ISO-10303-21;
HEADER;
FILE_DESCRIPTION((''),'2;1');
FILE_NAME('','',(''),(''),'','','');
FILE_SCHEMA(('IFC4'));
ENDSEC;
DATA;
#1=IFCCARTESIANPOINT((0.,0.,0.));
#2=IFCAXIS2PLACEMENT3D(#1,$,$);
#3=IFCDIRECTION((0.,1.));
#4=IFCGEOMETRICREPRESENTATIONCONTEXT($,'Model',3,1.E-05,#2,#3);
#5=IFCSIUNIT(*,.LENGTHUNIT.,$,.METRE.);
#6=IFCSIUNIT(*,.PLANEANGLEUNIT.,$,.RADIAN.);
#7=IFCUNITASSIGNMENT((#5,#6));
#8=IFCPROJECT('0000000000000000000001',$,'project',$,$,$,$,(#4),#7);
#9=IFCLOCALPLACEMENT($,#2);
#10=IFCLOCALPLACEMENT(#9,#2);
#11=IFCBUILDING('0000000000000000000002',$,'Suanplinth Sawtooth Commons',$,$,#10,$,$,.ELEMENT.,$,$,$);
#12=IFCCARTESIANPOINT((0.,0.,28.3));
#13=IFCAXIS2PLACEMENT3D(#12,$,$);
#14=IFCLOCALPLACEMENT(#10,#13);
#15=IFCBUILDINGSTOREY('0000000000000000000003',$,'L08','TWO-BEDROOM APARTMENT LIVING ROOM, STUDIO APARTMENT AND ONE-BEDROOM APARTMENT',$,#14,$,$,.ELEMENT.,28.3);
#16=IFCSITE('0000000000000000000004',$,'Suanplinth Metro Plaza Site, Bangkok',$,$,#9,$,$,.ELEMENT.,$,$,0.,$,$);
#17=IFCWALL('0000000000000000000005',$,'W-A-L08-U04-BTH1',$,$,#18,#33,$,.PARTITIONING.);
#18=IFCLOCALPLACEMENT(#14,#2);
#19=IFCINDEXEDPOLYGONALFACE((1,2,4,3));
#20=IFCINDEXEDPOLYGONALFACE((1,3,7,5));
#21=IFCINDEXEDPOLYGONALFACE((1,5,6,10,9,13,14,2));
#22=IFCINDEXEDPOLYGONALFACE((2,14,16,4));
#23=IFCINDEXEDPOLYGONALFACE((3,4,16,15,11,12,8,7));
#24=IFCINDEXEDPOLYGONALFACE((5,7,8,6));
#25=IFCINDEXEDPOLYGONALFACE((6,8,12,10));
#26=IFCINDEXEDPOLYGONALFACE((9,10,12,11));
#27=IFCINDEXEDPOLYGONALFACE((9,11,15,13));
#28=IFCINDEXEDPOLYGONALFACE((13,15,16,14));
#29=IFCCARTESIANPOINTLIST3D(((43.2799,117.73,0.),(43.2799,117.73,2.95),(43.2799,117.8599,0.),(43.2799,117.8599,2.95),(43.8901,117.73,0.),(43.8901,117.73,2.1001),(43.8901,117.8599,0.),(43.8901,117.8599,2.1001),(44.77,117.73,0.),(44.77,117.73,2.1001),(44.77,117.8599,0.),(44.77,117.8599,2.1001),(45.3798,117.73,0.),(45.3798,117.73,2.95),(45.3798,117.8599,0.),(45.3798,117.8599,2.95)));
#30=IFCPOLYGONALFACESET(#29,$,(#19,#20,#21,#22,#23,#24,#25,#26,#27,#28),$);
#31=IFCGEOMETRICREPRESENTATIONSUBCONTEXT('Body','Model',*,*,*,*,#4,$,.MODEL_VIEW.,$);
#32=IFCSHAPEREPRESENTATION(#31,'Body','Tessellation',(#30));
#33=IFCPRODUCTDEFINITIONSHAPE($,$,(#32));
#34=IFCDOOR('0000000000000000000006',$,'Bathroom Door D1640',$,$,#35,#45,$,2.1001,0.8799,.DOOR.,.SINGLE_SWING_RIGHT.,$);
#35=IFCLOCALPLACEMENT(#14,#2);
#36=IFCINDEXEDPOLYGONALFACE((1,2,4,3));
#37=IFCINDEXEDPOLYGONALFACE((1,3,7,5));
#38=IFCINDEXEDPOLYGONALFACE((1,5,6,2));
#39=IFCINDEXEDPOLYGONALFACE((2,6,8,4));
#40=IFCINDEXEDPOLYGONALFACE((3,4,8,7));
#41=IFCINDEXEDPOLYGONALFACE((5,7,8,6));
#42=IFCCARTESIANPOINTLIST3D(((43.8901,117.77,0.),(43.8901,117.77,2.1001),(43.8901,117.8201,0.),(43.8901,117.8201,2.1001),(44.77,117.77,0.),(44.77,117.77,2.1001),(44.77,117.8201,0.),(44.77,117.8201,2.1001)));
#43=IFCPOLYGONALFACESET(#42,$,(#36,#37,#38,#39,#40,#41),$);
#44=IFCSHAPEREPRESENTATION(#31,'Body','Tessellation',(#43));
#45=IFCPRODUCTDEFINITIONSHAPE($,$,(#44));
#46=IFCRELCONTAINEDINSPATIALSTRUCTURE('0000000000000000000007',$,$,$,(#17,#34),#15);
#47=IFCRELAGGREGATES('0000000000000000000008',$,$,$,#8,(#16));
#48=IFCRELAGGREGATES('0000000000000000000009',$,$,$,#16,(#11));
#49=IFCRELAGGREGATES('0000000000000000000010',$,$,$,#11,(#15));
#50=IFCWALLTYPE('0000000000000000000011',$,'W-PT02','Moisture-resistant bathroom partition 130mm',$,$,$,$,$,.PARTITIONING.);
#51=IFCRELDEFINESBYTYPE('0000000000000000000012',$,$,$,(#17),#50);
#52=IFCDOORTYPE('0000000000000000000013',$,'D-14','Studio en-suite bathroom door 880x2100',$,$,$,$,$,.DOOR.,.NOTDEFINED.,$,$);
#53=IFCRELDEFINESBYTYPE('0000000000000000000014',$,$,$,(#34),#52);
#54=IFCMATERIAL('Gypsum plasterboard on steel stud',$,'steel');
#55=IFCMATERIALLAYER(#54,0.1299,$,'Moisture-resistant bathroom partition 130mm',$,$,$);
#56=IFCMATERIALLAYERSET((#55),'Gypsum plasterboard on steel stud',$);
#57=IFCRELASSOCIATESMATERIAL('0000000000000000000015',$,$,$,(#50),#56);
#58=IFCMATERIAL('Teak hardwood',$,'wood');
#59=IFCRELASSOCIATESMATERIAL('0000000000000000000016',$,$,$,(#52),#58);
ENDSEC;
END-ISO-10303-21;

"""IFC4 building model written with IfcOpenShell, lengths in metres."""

from ifc_helpers import new_model, si_unit, direction, frame, frame_2d, origin, place, context, subcontext, project, spatial, rectangle, extrude, material, layer, layer_set, type_object, element, fill, save


model = new_model("IFC4")

# Units and contexts
model_context = context("Model", 3, precision=1e-05, world=origin(), true_north=direction((0.0, 1.0)))
body_context = subcontext(model_context, "Body", "Model", "MODEL_VIEW")
ifc_project = project(units=[si_unit("LENGTHUNIT", "METRE"), si_unit("PLANEANGLEUNIT", "RADIAN")], contexts=[model_context])

# Site, building, storey
site_placement = place(None, origin())
site = spatial("IfcSite", under=ifc_project, at=site_placement, Name="Suanplinth Metro Plaza Site, Bangkok", CompositionType="ELEMENT", RefElevation=0.0)
building_placement = place(site_placement, origin())
building = spatial("IfcBuilding", under=site, at=building_placement, Name="Suanplinth Sawtooth Commons", CompositionType="ELEMENT")
storey_placement = place(building_placement, frame((0.0, 0.0, 28.3)))
storey = spatial("IfcBuildingStorey", under=building, at=storey_placement, Name="L08", Description="TWO-BEDROOM APARTMENT LIVING ROOM, STUDIO APARTMENT AND ONE-BEDROOM APARTMENT", CompositionType="ELEMENT", Elevation=28.3)

# Wall, opening, door
ifc_material_1 = material(Name="Gypsum plasterboard on steel stud", Category="steel")
ifc_material_2 = material(Name="Teak hardwood", Category="wood")
ifc_layer_1 = layer(ifc_material_1, 0.1299, Name="Moisture-resistant bathroom partition 130mm")
ifc_layer_set_1 = layer_set([ifc_layer_1], Name="Gypsum plasterboard on steel stud")
wall_type_1 = type_object("IfcWallType", Name="W-PT02", Description="Moisture-resistant bathroom partition 130mm", PredefinedType="PARTITIONING", material=ifc_layer_set_1)
door_type_1 = type_object("IfcDoorType", Name="D-14", Description="Studio en-suite bathroom door 880x2100", OperationType="NOTDEFINED", PredefinedType="DOOR", material=ifc_material_2)
wall_1_placement = place(storey_placement, frame((43.28, 117.7949, 0.0), z_axis=(0.0, 0.0, 1.0), x_axis=(1.0, 0.0, 0.0)))
wall_1 = element("IfcWall", 1, at=wall_1_placement, inside=storey, type_object=wall_type_1, Name="W-A-L08-U04-BTH1", PredefinedType="PARTITIONING", context=body_context, shape_type="SweptSolid", body=[
    extrude(rectangle(XDim=2.0999, YDim=0.1299, at=frame_2d((1.0498, 0.0))), origin(), (0.0, 0.0, 1.0), 2.95),
])
opening_1_placement = place(wall_1_placement, frame((0.6101, 0.0, 0.0)))
opening_1 = element("IfcOpeningElement", 2, at=opening_1_placement, cuts=wall_1, PredefinedType="OPENING", context=body_context, shape_type="SweptSolid", body=[
    extrude(rectangle(XDim=0.8799, YDim=2.1001, at=frame_2d((0.4399, 1.05))), frame((0.0, 0.0798, 0.0), z_axis=(0.0, -1.0, 0.0), x_axis=(1.0, 0.0, 0.0)), (0.0, 0.0, 1.0), 0.1597),
])
door_1_placement = place(opening_1_placement, frame((0.8799, 0.0, 0.0), z_axis=(0.0, 0.0, 1.0), x_axis=(-1.0, 0.0, 0.0)))
door_1 = element("IfcDoor", 3, at=door_1_placement, inside=storey, type_object=door_type_1, Name="Bathroom Door D1640", OperationType="SINGLE_SWING_RIGHT", OverallHeight=2.1001, OverallWidth=0.8799, PredefinedType="DOOR", context=body_context, shape_type="SweptSolid", body=[
    extrude(rectangle(XDim=0.8799, YDim=2.1001, at=frame_2d((0.4399, 1.05))), frame((0.0, 0.0249, 0.0), z_axis=(0.0, -1.0, 0.0), x_axis=(1.0, 0.0, 0.0)), (0.0, 0.0, 1.0), 0.05),
])
fill(opening_1, door_1)

save(model, "model.ifc")
